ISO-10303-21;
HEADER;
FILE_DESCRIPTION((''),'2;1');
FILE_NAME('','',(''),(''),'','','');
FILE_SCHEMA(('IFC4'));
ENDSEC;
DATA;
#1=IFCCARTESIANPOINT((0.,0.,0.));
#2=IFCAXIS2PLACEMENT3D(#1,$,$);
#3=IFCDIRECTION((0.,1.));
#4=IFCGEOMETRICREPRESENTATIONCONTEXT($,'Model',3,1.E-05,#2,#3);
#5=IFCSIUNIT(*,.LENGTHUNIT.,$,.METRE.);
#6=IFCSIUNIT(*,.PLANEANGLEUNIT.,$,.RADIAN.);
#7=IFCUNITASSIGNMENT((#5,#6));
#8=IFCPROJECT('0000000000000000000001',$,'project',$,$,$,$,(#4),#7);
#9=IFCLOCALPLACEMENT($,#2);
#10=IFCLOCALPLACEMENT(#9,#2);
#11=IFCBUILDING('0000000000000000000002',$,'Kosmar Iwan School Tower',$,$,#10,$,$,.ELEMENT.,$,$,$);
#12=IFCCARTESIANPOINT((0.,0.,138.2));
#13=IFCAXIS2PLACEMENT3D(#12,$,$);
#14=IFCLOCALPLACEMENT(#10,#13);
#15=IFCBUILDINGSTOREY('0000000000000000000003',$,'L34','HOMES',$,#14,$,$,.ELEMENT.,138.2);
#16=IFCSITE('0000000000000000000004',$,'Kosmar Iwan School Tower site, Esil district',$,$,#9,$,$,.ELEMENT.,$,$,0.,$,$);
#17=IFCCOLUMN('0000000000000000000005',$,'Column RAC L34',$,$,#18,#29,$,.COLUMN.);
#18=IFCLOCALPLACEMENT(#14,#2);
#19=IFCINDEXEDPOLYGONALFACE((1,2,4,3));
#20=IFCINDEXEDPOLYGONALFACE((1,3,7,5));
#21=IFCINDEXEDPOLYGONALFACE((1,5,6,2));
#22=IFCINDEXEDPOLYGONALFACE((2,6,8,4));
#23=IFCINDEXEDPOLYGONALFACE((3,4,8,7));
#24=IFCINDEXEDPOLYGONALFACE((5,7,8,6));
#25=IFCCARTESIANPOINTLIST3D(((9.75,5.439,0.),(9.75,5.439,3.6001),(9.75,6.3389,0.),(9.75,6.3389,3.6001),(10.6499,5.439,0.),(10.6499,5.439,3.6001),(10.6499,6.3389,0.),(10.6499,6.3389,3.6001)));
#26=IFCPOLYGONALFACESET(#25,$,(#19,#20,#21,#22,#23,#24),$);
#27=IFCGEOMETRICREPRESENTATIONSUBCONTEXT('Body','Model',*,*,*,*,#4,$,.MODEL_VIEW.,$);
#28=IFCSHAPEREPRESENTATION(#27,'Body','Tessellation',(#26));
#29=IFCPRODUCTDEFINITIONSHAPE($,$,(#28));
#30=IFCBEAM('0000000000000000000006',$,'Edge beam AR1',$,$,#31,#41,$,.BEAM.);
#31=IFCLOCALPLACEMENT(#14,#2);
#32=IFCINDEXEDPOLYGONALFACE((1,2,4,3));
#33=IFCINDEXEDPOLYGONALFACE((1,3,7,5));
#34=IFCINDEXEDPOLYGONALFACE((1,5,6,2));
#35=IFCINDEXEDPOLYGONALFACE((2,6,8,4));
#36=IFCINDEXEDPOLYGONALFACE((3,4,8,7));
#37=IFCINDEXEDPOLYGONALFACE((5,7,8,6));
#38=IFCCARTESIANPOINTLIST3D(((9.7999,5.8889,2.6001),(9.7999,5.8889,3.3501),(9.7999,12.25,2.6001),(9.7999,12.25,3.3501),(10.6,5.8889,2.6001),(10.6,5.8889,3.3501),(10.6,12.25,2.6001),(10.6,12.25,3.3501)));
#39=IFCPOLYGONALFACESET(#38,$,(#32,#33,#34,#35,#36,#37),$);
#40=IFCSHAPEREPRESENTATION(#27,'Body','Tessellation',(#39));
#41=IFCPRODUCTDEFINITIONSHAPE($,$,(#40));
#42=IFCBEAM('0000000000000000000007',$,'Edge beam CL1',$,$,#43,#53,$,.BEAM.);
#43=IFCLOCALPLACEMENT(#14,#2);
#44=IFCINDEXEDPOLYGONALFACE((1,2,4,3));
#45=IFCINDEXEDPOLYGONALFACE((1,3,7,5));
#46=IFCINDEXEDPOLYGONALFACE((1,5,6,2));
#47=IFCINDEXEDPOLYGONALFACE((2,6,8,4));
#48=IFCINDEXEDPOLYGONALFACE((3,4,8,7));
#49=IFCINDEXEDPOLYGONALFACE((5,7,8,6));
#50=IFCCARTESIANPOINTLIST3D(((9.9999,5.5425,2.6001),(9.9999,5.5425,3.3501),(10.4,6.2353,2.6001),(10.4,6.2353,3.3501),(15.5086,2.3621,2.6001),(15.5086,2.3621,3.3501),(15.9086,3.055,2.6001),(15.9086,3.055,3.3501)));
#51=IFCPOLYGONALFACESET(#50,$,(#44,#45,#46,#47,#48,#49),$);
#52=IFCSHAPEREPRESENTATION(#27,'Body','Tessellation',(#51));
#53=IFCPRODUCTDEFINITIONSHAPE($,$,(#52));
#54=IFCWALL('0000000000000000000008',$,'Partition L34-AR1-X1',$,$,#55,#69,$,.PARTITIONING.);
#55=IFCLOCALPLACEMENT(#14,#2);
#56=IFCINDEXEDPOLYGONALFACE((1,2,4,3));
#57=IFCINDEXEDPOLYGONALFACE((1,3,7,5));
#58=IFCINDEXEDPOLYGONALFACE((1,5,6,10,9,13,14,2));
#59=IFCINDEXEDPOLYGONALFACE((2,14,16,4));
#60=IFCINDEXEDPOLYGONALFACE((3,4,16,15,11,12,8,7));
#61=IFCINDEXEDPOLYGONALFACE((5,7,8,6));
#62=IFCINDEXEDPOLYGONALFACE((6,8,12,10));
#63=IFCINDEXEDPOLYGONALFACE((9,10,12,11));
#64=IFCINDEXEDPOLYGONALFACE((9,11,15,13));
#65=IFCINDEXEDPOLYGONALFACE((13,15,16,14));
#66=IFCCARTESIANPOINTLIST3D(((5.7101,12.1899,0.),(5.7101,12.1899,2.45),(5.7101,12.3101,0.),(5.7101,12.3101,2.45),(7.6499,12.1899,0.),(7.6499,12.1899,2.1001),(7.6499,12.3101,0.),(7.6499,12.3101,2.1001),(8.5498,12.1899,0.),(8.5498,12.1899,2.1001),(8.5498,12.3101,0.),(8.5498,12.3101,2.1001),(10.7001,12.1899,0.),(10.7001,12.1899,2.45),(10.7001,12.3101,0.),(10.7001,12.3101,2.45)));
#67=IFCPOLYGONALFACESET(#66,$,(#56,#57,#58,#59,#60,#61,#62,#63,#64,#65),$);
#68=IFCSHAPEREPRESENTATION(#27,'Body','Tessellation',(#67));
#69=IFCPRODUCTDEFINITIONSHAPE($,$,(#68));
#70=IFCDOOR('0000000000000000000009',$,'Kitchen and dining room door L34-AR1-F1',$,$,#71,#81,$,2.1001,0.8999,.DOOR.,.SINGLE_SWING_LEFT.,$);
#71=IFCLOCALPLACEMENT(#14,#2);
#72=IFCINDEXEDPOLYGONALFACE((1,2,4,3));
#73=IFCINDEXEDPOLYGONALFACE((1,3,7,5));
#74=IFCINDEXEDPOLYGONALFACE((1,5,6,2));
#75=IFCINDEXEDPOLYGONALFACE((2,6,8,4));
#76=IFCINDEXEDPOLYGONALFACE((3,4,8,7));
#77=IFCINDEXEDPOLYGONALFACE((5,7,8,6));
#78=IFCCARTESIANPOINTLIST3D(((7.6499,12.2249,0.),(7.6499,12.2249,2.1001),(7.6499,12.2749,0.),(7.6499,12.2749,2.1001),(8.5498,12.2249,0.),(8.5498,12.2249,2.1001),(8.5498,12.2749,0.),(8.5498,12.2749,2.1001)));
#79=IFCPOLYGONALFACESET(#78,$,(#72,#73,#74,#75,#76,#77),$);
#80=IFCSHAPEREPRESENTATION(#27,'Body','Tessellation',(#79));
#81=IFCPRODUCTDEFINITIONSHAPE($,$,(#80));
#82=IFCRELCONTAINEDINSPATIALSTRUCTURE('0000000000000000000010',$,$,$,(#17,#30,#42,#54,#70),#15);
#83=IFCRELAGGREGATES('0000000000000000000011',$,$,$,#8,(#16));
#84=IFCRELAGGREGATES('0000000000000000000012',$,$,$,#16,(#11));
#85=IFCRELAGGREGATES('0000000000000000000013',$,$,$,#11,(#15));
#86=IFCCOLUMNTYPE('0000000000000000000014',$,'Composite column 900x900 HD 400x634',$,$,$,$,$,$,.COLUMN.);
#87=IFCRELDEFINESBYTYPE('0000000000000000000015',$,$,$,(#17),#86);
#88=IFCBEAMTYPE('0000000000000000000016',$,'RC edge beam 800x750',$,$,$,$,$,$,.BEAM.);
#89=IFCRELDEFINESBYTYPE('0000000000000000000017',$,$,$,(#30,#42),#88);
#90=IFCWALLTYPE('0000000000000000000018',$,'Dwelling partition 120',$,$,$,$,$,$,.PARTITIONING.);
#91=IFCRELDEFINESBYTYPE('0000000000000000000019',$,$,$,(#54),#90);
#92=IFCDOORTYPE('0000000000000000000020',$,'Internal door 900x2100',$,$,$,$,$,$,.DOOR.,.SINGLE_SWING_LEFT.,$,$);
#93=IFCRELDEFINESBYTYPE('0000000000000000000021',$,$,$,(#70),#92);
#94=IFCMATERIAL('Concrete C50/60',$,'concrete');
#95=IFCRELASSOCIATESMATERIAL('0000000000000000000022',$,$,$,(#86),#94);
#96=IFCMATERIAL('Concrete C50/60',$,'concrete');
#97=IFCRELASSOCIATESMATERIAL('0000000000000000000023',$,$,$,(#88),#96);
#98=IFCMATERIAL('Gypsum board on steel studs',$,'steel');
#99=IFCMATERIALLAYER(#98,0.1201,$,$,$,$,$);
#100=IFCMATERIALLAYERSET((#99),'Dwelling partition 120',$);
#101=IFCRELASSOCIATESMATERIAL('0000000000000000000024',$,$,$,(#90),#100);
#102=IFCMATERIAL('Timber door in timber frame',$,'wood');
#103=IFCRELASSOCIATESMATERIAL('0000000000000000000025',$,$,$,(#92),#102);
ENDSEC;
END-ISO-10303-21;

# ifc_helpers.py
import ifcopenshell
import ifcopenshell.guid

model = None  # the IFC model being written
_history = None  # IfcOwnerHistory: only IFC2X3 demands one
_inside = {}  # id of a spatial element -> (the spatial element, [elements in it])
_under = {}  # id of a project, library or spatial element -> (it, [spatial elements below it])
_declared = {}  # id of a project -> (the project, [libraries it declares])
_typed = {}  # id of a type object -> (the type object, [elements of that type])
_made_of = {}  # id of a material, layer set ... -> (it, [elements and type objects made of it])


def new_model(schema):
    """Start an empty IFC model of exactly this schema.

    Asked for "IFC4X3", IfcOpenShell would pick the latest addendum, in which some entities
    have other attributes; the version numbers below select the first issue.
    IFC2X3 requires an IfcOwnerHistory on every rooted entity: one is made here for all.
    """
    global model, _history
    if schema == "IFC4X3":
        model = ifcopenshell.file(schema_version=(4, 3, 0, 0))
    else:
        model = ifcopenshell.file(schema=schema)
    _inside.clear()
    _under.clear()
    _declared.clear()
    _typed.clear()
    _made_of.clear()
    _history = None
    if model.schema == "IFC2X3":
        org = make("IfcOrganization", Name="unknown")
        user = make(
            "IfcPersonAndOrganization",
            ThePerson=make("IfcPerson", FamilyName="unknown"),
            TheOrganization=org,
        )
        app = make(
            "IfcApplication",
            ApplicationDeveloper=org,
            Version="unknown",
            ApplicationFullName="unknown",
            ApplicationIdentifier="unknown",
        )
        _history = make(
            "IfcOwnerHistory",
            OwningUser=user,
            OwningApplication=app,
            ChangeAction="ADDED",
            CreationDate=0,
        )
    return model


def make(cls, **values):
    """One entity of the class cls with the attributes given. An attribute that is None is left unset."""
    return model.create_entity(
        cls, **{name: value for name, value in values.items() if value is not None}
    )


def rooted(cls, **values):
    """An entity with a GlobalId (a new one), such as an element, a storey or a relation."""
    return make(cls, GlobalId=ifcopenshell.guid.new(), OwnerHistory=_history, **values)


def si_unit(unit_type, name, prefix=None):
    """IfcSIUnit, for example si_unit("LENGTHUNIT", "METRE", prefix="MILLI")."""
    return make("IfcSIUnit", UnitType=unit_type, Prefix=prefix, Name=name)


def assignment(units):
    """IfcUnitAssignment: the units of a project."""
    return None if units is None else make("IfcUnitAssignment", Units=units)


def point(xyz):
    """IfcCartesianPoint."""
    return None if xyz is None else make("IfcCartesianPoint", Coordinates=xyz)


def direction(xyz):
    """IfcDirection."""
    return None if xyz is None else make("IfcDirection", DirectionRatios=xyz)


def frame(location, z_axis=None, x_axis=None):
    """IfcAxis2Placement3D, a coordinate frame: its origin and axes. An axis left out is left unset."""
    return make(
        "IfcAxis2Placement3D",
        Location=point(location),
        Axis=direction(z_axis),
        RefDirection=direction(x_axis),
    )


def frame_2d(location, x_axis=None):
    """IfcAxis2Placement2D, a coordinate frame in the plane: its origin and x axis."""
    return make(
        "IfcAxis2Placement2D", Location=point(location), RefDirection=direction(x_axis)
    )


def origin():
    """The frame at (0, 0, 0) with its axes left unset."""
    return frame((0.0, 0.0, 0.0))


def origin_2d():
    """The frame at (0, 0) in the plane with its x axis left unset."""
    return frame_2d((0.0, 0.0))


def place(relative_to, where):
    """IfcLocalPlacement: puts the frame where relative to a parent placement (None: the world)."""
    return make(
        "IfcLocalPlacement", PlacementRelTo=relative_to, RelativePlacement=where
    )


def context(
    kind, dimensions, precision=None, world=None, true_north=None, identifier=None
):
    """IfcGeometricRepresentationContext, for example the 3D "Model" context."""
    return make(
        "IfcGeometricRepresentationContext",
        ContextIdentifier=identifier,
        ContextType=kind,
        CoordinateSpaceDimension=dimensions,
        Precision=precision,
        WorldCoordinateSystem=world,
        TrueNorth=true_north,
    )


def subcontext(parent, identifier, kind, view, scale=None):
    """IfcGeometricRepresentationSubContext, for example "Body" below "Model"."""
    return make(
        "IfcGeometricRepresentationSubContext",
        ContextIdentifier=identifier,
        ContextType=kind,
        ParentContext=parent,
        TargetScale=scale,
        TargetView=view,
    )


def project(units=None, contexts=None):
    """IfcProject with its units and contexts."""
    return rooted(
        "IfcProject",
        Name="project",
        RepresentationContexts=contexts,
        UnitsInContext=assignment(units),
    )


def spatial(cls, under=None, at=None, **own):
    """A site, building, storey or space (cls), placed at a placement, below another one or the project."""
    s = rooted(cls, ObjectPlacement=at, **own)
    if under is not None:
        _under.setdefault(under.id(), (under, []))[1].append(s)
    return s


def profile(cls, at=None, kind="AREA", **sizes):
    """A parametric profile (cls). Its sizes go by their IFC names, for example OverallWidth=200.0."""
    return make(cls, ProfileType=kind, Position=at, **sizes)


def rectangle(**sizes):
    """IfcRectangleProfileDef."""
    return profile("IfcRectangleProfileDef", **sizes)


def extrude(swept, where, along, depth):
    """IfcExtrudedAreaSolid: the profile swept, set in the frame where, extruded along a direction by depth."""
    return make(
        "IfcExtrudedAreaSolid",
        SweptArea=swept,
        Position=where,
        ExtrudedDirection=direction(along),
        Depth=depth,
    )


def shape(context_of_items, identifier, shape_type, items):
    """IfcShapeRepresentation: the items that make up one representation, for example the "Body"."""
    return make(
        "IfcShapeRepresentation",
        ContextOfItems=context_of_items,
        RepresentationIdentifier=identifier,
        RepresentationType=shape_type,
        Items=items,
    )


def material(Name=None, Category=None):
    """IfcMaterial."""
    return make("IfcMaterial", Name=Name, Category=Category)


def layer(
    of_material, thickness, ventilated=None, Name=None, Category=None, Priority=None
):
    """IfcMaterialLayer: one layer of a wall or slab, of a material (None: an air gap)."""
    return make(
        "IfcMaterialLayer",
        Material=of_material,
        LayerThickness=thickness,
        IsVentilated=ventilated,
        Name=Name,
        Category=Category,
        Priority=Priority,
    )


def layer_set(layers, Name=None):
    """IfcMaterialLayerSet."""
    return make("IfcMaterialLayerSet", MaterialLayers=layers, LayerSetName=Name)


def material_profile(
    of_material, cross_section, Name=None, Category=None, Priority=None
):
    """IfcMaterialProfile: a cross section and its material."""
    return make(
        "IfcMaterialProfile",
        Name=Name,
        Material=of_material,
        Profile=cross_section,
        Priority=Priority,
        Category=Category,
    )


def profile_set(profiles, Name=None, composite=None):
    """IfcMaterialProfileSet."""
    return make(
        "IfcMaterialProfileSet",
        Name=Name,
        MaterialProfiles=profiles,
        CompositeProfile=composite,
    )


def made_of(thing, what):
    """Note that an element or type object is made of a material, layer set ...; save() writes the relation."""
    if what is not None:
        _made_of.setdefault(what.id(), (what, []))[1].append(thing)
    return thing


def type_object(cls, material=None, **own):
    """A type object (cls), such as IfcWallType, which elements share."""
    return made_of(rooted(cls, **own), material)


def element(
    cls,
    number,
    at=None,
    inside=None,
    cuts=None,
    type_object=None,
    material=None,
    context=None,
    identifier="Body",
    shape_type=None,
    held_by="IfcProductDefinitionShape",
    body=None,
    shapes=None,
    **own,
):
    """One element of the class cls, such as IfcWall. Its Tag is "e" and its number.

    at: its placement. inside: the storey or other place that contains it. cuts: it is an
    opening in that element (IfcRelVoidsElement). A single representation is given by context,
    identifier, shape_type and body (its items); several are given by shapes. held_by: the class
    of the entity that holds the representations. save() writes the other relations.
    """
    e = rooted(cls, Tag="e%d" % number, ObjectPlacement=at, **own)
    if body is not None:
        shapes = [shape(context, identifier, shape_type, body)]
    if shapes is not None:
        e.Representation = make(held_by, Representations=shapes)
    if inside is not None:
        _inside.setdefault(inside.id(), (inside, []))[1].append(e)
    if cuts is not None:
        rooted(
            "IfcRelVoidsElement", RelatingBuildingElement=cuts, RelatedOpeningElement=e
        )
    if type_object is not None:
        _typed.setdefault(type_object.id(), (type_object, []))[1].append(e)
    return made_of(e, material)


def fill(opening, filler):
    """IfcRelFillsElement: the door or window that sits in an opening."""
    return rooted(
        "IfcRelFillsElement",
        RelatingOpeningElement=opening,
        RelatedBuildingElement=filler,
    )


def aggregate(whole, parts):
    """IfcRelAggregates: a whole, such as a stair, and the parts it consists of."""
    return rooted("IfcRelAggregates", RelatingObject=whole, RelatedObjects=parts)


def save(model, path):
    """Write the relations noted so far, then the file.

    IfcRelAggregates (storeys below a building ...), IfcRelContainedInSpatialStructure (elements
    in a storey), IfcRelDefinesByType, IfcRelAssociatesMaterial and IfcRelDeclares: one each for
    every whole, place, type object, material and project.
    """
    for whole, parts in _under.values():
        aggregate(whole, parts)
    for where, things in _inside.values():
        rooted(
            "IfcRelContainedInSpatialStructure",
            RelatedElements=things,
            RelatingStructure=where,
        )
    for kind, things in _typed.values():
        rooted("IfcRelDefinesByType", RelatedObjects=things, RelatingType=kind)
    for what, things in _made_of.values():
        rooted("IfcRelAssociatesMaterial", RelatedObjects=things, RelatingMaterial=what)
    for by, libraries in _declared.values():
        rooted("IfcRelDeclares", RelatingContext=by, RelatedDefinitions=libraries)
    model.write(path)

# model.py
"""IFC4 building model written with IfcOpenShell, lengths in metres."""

from ifc_helpers import new_model, si_unit, direction, frame, frame_2d, origin, origin_2d, place, context, subcontext, project, spatial, rectangle, extrude, material, layer, layer_set, material_profile, profile_set, type_object, element, fill, save


model = new_model("IFC4")

# Units and contexts
model_context = context("Model", 3, precision=1e-05, world=origin(), true_north=direction((0.0, 1.0)))
body_context = subcontext(model_context, "Body", "Model", "MODEL_VIEW")
ifc_project = project(units=[si_unit("LENGTHUNIT", "METRE"), si_unit("PLANEANGLEUNIT", "RADIAN")], contexts=[model_context])

# Site, building, storey
site_placement = place(None, origin())
site = spatial("IfcSite", under=ifc_project, at=site_placement, Name="Kosmar Iwan School Tower site, Esil district", CompositionType="ELEMENT", RefElevation=0.0)
building_placement = place(site_placement, origin())
building = spatial("IfcBuilding", under=site, at=building_placement, Name="Kosmar Iwan School Tower", CompositionType="ELEMENT")
storey_placement = place(building_placement, frame((0.0, 0.0, 138.2)))
storey = spatial("IfcBuildingStorey", under=building, at=storey_placement, Name="L34", Description="HOMES", CompositionType="ELEMENT", Elevation=138.2)

# Column
ifc_material_1 = material(Name="Concrete C50/60", Category="concrete")
ifc_material_profile_1 = material_profile(ifc_material_1, rectangle(XDim=0.8999, YDim=0.8999, at=origin_2d()), Name="RC 900x900 + HD 400x634")
ifc_profile_set_1 = profile_set([ifc_material_profile_1], Name="Concrete C50/60")
column_type = type_object("IfcColumnType", Name="Composite column 900x900 HD 400x634", PredefinedType="COLUMN", material=ifc_profile_set_1)
column_placement = place(storey_placement, frame((10.2, 5.8889, 0.0), z_axis=(0.0, 0.0, 1.0), x_axis=(1.0, 0.0, 0.0)))
element("IfcColumn", 1, at=column_placement, inside=storey, type_object=column_type, Name="Column RAC L34", PredefinedType="COLUMN", context=body_context, shape_type="SweptSolid", body=[
    extrude(rectangle(XDim=0.8999, YDim=0.8999, at=origin_2d()), origin(), (0.0, 0.0, 1.0), 3.6001),
])

# Beams
ifc_material_2 = material(Name="Concrete C50/60", Category="concrete")
ifc_material_profile_2 = material_profile(ifc_material_2, rectangle(XDim=0.8, YDim=0.75, at=origin_2d()), Name="RC 800x750")
ifc_profile_set_2 = profile_set([ifc_material_profile_2], Name="Concrete C50/60")
beam_type = type_object("IfcBeamType", Name="RC edge beam 800x750", PredefinedType="BEAM", material=ifc_profile_set_2)
beam_1_placement = place(storey_placement, frame((10.2, 5.8889, 2.9751), z_axis=(0.0, 1.0, 0.0), x_axis=(-1.0, 0.0, 0.0)))
element("IfcBeam", 2, at=beam_1_placement, inside=storey, type_object=beam_type, Name="Edge beam AR1", PredefinedType="BEAM", context=body_context, shape_type="SweptSolid", body=[
    extrude(rectangle(XDim=0.8, YDim=0.75, at=origin_2d()), origin(), (0.0, 0.0, 1.0), 6.3611),
])
beam_2_placement = place(storey_placement, frame((10.2, 5.8889, 2.9751), z_axis=(0.866031, -0.49999, 0.0), x_axis=(0.49999, 0.866031, 0.0)))
element("IfcBeam", 3, at=beam_2_placement, inside=storey, type_object=beam_type, Name="Edge beam CL1", PredefinedType="BEAM", context=body_context, shape_type="SweptSolid", body=[
    extrude(rectangle(XDim=0.8, YDim=0.75, at=origin_2d()), origin(), (0.0, 0.0, 1.0), 6.3608),
])

# Wall, opening, door
ifc_material_3 = material(Name="Gypsum board on steel studs", Category="steel")
ifc_layer_1 = layer(ifc_material_3, 0.1201)
ifc_layer_set_1 = layer_set([ifc_layer_1], Name="Dwelling partition 120")
wall_type_1 = type_object("IfcWallType", Name="Dwelling partition 120", PredefinedType="PARTITIONING", material=ifc_layer_set_1)
wall_1_placement = place(storey_placement, frame((5.71, 12.25, 0.0), z_axis=(0.0, 0.0, 1.0), x_axis=(1.0, 0.0, 0.0)))
wall_1 = element("IfcWall", 4, at=wall_1_placement, inside=storey, type_object=wall_type_1, Name="Partition L34-AR1-X1", PredefinedType="PARTITIONING", context=body_context, shape_type="SweptSolid", body=[
    extrude(rectangle(XDim=4.99, YDim=0.1201, at=frame_2d((2.4951, 0.0))), origin(), (0.0, 0.0, 1.0), 2.45),
])
opening_1_placement = place(wall_1_placement, frame((1.9399, 0.0, 0.0)))
opening_1 = element("IfcOpeningElement", 5, at=opening_1_placement, cuts=wall_1, PredefinedType="OPENING", context=body_context, shape_type="SweptSolid", body=[
    extrude(rectangle(XDim=0.8999, YDim=2.1001, at=frame_2d((0.45, 1.05))), frame((0.0, 0.072, 0.0), z_axis=(0.0, -1.0, 0.0), x_axis=(1.0, 0.0, 0.0)), (0.0, 0.0, 1.0), 0.144),
])
ifc_material_4 = material(Name="Timber door in timber frame", Category="wood")
door_type = type_object("IfcDoorType", Name="Internal door 900x2100", OperationType="SINGLE_SWING_LEFT", PredefinedType="DOOR", material=ifc_material_4)
door_placement = place(opening_1_placement, origin())
door = element("IfcDoor", 6, at=door_placement, inside=storey, type_object=door_type, Name="Kitchen and dining room door L34-AR1-F1", OperationType="SINGLE_SWING_LEFT", OverallHeight=2.1001, OverallWidth=0.8999, PredefinedType="DOOR", context=body_context, shape_type="SweptSolid", body=[
    extrude(rectangle(XDim=0.8999, YDim=2.1001, at=frame_2d((0.45, 1.05))), frame((0.0, 0.0249, 0.0), z_axis=(0.0, -1.0, 0.0), x_axis=(1.0, 0.0, 0.0)), (0.0, 0.0, 1.0), 0.05),
])
fill(opening_1, door)

save(model, "model.ifc")
